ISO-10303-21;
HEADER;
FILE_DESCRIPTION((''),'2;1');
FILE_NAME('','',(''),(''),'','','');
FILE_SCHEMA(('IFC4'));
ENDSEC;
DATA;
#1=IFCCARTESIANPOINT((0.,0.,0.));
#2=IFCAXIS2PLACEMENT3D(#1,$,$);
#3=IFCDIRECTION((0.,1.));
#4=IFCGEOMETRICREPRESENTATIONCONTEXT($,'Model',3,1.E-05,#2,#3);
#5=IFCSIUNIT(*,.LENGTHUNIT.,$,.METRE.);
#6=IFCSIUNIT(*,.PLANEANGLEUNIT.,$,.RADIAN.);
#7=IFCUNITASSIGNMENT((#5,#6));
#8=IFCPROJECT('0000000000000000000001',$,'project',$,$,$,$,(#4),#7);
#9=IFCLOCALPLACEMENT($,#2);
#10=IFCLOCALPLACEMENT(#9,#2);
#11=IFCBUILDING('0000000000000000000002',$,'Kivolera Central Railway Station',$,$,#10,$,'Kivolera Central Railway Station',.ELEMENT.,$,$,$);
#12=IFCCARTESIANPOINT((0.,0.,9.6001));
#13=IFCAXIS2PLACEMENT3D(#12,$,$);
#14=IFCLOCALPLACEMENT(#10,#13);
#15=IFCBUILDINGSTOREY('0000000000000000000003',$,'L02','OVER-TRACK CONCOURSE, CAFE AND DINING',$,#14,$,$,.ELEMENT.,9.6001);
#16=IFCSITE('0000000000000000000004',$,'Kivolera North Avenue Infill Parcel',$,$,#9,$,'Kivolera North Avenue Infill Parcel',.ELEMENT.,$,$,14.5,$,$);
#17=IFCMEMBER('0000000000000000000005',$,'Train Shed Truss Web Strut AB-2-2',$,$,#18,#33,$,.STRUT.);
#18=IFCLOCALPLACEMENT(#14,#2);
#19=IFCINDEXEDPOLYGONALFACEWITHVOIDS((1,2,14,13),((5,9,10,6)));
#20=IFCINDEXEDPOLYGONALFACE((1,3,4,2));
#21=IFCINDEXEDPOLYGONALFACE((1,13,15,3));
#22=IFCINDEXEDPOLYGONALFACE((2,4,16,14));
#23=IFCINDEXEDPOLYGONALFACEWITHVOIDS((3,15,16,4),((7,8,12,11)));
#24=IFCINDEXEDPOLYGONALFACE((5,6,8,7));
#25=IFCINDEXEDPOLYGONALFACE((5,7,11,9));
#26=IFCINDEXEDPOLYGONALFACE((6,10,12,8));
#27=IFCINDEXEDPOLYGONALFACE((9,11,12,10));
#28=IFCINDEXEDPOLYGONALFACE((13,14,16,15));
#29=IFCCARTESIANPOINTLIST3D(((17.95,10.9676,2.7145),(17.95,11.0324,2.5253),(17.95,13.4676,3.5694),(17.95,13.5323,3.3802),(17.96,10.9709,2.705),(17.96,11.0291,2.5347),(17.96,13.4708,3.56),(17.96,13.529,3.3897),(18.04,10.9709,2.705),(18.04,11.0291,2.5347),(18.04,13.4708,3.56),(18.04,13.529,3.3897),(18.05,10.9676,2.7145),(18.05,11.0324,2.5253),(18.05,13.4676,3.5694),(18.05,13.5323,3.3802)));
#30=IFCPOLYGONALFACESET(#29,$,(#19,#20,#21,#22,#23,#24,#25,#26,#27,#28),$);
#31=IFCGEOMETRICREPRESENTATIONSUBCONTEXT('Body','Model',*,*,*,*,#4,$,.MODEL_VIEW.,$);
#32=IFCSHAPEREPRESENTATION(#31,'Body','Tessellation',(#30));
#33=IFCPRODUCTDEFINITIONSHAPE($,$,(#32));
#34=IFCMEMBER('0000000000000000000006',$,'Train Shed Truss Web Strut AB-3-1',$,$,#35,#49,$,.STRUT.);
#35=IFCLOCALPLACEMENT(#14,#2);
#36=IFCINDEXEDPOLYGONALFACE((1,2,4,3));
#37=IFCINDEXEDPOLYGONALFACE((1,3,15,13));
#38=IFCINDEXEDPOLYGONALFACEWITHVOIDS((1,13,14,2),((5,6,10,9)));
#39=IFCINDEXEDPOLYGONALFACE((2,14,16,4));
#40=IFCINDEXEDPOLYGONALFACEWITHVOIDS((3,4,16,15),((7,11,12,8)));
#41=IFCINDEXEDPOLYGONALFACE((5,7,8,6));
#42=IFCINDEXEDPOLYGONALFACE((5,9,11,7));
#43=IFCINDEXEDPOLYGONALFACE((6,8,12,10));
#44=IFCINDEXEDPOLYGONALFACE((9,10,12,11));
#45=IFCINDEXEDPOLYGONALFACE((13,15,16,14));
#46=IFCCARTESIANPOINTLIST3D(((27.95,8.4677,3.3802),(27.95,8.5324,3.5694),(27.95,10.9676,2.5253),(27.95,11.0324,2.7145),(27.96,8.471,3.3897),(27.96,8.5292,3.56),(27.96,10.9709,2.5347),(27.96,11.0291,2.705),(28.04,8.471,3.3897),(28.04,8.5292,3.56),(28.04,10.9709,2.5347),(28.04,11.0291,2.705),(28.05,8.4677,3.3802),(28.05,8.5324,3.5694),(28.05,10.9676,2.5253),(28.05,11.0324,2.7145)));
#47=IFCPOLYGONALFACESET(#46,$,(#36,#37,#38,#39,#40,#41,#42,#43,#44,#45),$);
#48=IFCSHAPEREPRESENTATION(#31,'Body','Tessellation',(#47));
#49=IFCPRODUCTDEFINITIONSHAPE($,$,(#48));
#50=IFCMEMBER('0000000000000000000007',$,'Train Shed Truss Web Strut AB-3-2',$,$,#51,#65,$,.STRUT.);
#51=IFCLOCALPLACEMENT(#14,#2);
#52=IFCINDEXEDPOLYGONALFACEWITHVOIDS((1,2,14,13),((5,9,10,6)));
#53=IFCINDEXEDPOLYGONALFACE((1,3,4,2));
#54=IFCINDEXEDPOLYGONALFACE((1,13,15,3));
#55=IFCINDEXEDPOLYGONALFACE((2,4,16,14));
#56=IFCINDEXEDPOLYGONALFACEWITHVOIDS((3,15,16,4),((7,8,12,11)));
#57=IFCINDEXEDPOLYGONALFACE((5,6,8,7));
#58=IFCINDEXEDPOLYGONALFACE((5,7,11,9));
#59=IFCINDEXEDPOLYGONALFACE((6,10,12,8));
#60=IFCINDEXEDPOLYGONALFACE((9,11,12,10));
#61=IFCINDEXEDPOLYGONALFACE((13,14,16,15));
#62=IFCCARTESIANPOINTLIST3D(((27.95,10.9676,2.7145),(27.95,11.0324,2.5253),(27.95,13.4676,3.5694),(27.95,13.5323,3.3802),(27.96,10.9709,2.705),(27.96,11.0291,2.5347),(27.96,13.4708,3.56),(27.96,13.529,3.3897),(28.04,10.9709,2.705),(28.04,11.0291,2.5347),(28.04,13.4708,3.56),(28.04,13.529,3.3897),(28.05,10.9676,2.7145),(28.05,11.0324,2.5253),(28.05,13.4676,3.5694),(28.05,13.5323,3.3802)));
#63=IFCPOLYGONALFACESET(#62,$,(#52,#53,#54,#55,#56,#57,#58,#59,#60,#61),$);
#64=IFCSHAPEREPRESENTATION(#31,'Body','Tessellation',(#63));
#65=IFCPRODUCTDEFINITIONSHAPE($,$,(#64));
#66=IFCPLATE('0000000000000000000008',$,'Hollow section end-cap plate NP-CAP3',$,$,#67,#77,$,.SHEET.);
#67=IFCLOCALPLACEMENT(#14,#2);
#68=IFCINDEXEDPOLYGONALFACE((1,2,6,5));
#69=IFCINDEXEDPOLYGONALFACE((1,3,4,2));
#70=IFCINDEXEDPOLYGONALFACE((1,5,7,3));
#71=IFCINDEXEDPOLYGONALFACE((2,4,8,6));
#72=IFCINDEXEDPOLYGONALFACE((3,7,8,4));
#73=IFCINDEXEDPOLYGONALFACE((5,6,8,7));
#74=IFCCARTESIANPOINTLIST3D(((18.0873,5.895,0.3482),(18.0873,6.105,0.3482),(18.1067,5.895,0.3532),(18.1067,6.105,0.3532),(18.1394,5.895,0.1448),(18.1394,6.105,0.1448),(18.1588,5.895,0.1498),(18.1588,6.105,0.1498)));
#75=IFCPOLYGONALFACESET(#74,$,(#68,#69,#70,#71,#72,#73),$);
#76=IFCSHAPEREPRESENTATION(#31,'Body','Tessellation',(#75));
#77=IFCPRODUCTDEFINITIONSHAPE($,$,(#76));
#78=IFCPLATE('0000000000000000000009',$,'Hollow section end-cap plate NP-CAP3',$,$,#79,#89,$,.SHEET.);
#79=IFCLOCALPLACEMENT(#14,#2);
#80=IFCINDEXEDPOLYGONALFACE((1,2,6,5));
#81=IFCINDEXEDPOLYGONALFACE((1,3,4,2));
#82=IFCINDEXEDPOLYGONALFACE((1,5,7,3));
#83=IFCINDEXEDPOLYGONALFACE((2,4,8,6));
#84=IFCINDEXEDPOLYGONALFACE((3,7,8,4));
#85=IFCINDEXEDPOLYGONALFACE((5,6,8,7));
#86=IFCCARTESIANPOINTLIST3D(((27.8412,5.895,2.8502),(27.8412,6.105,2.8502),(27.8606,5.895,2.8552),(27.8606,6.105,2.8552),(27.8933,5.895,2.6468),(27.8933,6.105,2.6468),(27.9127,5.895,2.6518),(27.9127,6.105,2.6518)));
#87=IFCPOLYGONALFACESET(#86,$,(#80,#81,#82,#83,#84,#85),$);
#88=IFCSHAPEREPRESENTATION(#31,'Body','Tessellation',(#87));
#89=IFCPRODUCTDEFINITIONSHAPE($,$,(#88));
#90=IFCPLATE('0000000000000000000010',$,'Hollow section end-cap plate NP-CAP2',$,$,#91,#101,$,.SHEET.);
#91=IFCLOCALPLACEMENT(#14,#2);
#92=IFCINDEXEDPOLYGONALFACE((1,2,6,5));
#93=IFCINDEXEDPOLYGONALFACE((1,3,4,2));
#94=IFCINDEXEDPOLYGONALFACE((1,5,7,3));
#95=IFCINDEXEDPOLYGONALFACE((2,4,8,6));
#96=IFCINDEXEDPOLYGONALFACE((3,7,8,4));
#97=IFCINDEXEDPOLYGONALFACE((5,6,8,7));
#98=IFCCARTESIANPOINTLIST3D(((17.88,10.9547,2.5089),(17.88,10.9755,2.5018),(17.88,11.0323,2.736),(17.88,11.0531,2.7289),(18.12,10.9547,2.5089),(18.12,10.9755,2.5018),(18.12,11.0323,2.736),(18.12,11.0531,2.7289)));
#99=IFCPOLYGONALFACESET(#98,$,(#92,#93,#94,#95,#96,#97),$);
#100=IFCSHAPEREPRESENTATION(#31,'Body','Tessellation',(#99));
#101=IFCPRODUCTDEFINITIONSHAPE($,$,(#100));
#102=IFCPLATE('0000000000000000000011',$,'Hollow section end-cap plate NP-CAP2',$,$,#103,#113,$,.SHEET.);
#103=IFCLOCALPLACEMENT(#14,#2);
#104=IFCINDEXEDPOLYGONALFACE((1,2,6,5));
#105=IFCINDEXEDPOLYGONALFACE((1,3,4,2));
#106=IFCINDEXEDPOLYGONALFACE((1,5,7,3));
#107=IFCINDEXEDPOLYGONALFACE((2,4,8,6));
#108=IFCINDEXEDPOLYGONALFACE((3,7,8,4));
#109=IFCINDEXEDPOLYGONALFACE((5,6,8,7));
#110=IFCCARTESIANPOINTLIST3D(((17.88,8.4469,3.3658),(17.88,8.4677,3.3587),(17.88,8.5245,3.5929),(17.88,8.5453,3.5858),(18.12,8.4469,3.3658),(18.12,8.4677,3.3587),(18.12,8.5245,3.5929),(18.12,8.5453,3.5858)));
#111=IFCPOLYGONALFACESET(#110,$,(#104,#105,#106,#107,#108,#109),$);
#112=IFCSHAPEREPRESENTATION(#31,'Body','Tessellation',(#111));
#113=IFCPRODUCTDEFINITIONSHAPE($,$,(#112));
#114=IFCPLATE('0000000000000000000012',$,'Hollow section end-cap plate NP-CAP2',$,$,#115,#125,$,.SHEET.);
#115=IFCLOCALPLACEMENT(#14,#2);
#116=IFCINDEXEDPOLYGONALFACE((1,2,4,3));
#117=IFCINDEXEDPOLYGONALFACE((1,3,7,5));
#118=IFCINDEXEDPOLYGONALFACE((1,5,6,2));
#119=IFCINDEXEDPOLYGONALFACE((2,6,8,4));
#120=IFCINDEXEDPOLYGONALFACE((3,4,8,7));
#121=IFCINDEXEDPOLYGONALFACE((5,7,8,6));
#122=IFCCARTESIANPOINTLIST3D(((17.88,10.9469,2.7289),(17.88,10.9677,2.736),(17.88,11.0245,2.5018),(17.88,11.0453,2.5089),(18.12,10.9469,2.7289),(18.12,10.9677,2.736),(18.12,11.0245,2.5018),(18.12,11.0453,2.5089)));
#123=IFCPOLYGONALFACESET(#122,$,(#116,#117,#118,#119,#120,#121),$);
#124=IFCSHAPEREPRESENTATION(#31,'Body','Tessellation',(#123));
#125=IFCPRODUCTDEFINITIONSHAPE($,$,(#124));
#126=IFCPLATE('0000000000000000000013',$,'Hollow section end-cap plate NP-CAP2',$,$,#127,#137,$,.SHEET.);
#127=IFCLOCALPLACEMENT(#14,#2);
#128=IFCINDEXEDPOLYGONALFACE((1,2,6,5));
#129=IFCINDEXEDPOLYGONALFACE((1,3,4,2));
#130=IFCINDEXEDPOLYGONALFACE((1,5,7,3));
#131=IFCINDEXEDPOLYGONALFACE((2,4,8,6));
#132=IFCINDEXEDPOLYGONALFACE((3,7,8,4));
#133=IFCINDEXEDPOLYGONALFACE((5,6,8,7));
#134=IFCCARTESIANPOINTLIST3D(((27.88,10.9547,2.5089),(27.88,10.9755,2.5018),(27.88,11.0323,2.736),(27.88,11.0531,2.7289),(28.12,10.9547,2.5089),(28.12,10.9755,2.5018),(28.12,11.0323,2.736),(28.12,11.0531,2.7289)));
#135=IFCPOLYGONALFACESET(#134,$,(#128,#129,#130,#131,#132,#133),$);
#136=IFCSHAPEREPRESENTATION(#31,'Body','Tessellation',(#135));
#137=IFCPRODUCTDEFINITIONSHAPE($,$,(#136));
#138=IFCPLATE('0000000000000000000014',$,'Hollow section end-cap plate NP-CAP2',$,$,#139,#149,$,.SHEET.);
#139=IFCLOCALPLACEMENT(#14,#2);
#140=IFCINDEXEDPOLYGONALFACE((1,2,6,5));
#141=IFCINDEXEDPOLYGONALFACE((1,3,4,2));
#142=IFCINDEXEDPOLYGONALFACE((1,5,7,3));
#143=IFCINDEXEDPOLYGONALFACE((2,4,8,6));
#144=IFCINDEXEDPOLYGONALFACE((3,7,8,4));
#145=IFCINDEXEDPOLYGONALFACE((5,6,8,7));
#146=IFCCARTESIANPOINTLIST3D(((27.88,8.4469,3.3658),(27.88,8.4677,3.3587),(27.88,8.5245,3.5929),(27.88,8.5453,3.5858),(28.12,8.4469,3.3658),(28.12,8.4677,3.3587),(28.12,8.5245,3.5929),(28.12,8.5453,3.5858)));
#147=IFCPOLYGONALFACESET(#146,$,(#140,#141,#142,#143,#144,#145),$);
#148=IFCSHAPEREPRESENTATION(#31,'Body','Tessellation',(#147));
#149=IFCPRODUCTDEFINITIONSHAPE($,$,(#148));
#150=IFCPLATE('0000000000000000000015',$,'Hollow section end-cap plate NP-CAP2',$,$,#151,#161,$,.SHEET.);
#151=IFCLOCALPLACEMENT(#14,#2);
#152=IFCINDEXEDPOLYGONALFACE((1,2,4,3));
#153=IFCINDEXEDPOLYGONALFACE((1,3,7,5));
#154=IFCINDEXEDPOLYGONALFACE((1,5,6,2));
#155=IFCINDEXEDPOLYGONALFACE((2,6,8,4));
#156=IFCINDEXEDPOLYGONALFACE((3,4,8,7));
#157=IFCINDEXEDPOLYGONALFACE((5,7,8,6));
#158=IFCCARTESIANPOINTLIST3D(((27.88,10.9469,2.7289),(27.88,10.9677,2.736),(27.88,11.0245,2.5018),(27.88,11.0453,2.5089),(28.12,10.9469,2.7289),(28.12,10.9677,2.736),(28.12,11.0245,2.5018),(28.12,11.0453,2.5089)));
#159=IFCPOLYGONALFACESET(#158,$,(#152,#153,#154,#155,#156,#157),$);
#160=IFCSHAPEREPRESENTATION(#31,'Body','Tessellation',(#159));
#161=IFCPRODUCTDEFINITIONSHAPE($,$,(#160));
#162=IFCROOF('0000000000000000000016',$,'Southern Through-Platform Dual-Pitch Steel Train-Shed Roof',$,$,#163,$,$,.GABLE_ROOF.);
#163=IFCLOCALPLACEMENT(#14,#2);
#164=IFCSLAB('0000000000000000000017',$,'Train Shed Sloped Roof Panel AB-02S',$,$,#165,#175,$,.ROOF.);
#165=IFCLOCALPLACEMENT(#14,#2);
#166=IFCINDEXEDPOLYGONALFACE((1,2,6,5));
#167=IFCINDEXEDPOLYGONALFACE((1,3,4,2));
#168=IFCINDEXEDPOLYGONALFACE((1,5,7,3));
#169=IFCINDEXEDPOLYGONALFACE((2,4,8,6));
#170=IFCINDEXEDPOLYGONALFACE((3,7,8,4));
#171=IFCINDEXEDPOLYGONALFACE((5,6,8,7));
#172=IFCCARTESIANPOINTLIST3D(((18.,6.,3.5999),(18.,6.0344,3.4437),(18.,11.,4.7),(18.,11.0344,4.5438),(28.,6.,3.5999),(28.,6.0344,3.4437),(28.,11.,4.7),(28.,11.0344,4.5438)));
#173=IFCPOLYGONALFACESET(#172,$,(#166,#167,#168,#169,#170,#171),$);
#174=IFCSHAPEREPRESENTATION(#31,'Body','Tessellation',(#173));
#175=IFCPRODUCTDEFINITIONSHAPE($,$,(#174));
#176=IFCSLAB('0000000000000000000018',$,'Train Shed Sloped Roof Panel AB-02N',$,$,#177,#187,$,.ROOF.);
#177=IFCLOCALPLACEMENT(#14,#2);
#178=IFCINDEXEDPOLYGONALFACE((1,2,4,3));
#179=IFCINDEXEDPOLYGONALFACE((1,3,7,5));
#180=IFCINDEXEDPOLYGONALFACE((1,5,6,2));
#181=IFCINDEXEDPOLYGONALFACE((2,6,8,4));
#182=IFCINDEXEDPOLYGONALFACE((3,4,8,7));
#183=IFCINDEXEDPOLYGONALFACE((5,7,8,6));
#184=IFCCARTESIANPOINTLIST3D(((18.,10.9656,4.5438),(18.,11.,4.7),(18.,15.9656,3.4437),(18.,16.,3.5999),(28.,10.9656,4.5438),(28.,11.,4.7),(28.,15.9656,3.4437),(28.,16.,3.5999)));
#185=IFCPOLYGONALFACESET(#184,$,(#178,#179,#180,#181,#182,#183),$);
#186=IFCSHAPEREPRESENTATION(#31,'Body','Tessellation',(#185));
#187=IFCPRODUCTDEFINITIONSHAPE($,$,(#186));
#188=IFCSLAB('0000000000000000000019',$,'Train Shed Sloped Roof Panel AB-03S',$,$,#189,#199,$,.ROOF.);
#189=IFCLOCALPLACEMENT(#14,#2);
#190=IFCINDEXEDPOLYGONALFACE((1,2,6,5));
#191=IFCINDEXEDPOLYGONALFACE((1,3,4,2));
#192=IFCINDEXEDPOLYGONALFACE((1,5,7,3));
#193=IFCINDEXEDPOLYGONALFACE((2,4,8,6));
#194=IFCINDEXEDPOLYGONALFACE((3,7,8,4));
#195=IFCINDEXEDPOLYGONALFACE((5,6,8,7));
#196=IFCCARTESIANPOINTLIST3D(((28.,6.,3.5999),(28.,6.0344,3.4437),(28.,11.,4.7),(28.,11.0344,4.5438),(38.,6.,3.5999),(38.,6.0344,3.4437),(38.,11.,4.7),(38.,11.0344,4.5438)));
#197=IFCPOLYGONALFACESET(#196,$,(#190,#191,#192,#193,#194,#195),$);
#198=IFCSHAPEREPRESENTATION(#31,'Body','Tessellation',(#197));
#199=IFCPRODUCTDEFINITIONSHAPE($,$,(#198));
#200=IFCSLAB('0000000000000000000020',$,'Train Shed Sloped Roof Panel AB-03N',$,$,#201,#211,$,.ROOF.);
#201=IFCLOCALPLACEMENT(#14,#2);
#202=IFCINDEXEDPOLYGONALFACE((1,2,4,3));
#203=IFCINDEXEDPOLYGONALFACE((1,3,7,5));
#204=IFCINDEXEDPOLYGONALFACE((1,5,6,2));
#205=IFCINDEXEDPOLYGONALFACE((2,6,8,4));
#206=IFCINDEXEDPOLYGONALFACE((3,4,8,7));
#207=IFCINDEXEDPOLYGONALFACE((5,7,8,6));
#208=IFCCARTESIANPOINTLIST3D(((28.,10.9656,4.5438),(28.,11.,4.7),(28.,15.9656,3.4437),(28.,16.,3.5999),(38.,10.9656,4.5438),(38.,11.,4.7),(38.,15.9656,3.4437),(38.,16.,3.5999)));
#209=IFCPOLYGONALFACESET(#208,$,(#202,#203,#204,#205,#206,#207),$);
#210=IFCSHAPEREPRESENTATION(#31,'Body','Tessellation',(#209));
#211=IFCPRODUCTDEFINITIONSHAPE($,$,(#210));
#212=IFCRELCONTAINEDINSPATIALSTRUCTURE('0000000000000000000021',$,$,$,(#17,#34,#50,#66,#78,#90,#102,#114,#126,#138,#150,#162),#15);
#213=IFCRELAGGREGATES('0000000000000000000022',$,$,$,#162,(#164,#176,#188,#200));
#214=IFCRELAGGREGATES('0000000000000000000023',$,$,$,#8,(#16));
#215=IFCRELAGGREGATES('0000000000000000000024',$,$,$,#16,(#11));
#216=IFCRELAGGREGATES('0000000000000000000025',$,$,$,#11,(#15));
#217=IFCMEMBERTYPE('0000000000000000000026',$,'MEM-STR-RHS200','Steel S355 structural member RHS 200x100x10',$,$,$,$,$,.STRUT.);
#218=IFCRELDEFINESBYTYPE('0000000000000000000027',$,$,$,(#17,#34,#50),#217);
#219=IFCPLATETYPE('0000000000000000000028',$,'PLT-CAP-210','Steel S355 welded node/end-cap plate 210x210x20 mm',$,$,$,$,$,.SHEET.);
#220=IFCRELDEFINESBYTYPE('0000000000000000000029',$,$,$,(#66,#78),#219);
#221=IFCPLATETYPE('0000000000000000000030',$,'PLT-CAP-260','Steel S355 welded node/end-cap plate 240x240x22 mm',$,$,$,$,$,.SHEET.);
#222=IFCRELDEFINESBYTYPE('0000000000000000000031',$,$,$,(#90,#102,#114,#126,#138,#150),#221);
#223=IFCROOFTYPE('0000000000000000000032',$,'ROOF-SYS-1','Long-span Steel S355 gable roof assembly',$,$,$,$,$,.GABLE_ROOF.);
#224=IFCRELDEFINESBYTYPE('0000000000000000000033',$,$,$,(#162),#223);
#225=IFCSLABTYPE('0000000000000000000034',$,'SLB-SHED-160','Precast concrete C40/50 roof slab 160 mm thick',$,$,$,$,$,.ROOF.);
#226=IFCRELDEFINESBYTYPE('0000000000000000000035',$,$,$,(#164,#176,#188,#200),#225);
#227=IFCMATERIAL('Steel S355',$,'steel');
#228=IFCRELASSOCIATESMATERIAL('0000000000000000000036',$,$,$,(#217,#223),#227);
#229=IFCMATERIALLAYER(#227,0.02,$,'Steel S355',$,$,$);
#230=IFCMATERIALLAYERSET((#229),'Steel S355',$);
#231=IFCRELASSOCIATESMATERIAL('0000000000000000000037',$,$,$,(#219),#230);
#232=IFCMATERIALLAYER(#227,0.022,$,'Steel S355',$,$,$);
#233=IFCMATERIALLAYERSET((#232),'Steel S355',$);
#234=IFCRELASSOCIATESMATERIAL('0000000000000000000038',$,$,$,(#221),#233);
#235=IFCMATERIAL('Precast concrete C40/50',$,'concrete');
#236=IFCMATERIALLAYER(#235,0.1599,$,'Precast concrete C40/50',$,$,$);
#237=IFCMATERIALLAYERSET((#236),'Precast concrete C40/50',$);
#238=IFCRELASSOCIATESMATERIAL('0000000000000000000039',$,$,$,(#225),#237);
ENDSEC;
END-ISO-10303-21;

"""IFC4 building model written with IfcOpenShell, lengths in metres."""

from ifc_helpers import new_model, si_unit, direction, frame, origin, origin_2d, place, context, subcontext, project, spatial, polyline, rectangle, hollow_rectangle, outline, extrude, material, layer, layer_set, material_profile, profile_set, type_object, element, aggregate, save


model = new_model("IFC4")

# Units and contexts
model_context = context("Model", 3, precision=1e-05, world=origin(), true_north=direction((0.0, 1.0)))
body_context = subcontext(model_context, "Body", "Model", "MODEL_VIEW")
ifc_project = project(units=[si_unit("LENGTHUNIT", "METRE"), si_unit("PLANEANGLEUNIT", "RADIAN")], contexts=[model_context])

# Site, building, storey
site_placement = place(None, origin())
site = spatial("IfcSite", under=ifc_project, at=site_placement, Name="Kivolera North Avenue Infill Parcel", LongName="Kivolera North Avenue Infill Parcel", CompositionType="ELEMENT", RefElevation=14.5)
building_placement = place(site_placement, origin())
building = spatial("IfcBuilding", under=site, at=building_placement, Name="Kivolera Central Railway Station", LongName="Kivolera Central Railway Station", CompositionType="ELEMENT")
storey_placement = place(building_placement, frame((0.0, 0.0, 9.6001)))
storey = spatial("IfcBuildingStorey", under=building, at=storey_placement, Name="L02", Description="OVER-TRACK CONCOURSE, CAFE AND DINING", CompositionType="ELEMENT", Elevation=9.6001)

# Shared definitions
ifc_material_1 = material(Name="Steel S355", Category="steel")

# Members
ifc_material_profile_1 = material_profile(ifc_material_1, hollow_rectangle(XDim=0.1001, YDim=0.2, WallThickness=0.01, at=origin_2d()), Name="RHS 200x100x10")
ifc_profile_set_1 = profile_set([ifc_material_profile_1], Name="Steel S355")
member_type_1 = type_object("IfcMemberType", Name="MEM-STR-RHS200", Description="Steel S355 structural member RHS 200x100x10", PredefinedType="STRUT", material=ifc_profile_set_1)
for number, where, z_axis, x_axis, name in (
    (1, (18.0, 11.0, 2.6199), (0.0, 0.946197, 0.323592), (-1.0, 0.0, 0.0), "Train Shed Truss Web Strut AB-2-2"),
    (2, (28.0, 11.0, 2.6199), (0.0, -0.946197, 0.323592), (1.0, 0.0, 0.0), "Train Shed Truss Web Strut AB-3-1"),
    (3, (28.0, 11.0, 2.6199), (0.0, 0.946197, 0.323592), (-1.0, 0.0, 0.0), "Train Shed Truss Web Strut AB-3-2"),
):
    element("IfcMember", number, at=place(storey_placement, frame(where, z_axis=z_axis, x_axis=x_axis)), inside=storey, type_object=member_type_1, Name=name, PredefinedType="STRUT", context=body_context, shape_type="SweptSolid", body=[
        extrude(hollow_rectangle(XDim=0.1001, YDim=0.2, WallThickness=0.01, at=origin_2d()), origin(), (0.0, 0.0, 1.0), 2.6421),
    ])

# Plates
ifc_layer_1 = layer(ifc_material_1, 0.02, Name="Steel S355")
ifc_layer_set_1 = layer_set([ifc_layer_1], Name="Steel S355")
plate_type_1 = type_object("IfcPlateType", Name="PLT-CAP-210", Description="Steel S355 welded node/end-cap plate 210x210x20 mm", PredefinedType="SHEET", material=ifc_layer_set_1)
for number, where, z_axis, x_axis, name in (
    (4, (18.123, 6.0, 0.249), (0.968639, 0.0, 0.248471), (0.0, 1.0, 0.0), "Hollow section end-cap plate NP-CAP3"),
    (5, (27.877, 6.0, 2.751), (0.968639, 0.0, 0.248471), (0.0, 1.0, 0.0), "Hollow section end-cap plate NP-CAP3"),
):
    element("IfcPlate", number, at=place(storey_placement, frame(where, z_axis=z_axis, x_axis=x_axis)), inside=storey, type_object=plate_type_1, Name=name, PredefinedType="SHEET", context=body_context, shape_type="SweptSolid", body=[
        extrude(rectangle(XDim=0.21, YDim=0.21, at=origin_2d()), frame((0.0, 0.0, -0.01)), (0.0, 0.0, 1.0), 0.02),
    ])
ifc_layer_2 = layer(ifc_material_1, 0.022, Name="Steel S355")
ifc_layer_set_2 = layer_set([ifc_layer_2], Name="Steel S355")
plate_type_2 = type_object("IfcPlateType", Name="PLT-CAP-260", Description="Steel S355 welded node/end-cap plate 240x240x22 mm", PredefinedType="SHEET", material=ifc_layer_set_2)
for number, where, z_axis, x_axis, name in (
    (6, (18.0, 11.0039, 2.6189), (0.0, -0.946194, 0.323599), (1.0, 0.0, 0.0), "Hollow section end-cap plate NP-CAP2"),
    (7, (18.0, 8.4961, 3.4758), (0.0, -0.946194, 0.323599), (1.0, 0.0, 0.0), "Hollow section end-cap plate NP-CAP2"),
    (8, (18.0, 10.9961, 2.6189), (0.0, 0.946194, 0.323599), (-1.0, 0.0, 0.0), "Hollow section end-cap plate NP-CAP2"),
    (9, (28.0, 11.0039, 2.6189), (0.0, -0.946194, 0.323599), (1.0, 0.0, 0.0), "Hollow section end-cap plate NP-CAP2"),
    (10, (28.0, 8.4961, 3.4758), (0.0, -0.946194, 0.323599), (1.0, 0.0, 0.0), "Hollow section end-cap plate NP-CAP2"),
    (11, (28.0, 10.9961, 2.6189), (0.0, 0.946194, 0.323599), (-1.0, 0.0, 0.0), "Hollow section end-cap plate NP-CAP2"),
):
    element("IfcPlate", number, at=place(storey_placement, frame(where, z_axis=z_axis, x_axis=x_axis)), inside=storey, type_object=plate_type_2, Name=name, PredefinedType="SHEET", context=body_context, shape_type="SweptSolid", body=[
        extrude(rectangle(XDim=0.24, YDim=0.24, at=origin_2d()), frame((0.0, 0.0, -0.011)), (0.0, 0.0, 1.0), 0.022),
    ])

# Roof, slabs
roof_type = type_object("IfcRoofType", Name="ROOF-SYS-1", Description="Long-span Steel S355 gable roof assembly", PredefinedType="GABLE_ROOF", material=ifc_material_1)
roof_placement = place(storey_placement, origin())
roof = element("IfcRoof", 12, at=roof_placement, inside=storey, type_object=roof_type, Name="Southern Through-Platform Dual-Pitch Steel Train-Shed Roof", PredefinedType="GABLE_ROOF")
ifc_material_2 = material(Name="Precast concrete C40/50", Category="concrete")
ifc_layer_3 = layer(ifc_material_2, 0.1599, Name="Precast concrete C40/50")
ifc_layer_set_3 = layer_set([ifc_layer_3], Name="Precast concrete C40/50")
slab_type = type_object("IfcSlabType", Name="SLB-SHED-160", Description="Precast concrete C40/50 roof slab 160 mm thick", PredefinedType="ROOF", material=ifc_layer_set_3)
slab_1_placement = place(storey_placement, frame((18.0, 6.0, 3.5999), z_axis=(0.0, -0.21488, 0.97664), x_axis=(1.0, 0.0, 0.0)))
slab_1 = element("IfcSlab", 13, at=slab_1_placement, type_object=slab_type, Name="Train Shed Sloped Roof Panel AB-02S", PredefinedType="ROOF", context=body_context, shape_type="SweptSolid", body=[
    extrude(outline(polyline([(0.0, 0.0), (10.0, 0.0), (10.0, 5.1196), (0.0, 5.1196), (0.0, 0.0)])), origin(), (0.0, 0.0, -1.0), 0.1599),
])
slab_2_placement = place(storey_placement, frame((18.0, 11.0, 4.7), z_axis=(0.0, 0.21488, 0.97664), x_axis=(1.0, 0.0, 0.0)))
slab_2 = element("IfcSlab", 14, at=slab_2_placement, type_object=slab_type, Name="Train Shed Sloped Roof Panel AB-02N", PredefinedType="ROOF", context=body_context, shape_type="SweptSolid", body=[
    extrude(outline(polyline([(0.0, 0.0), (10.0, 0.0), (10.0, 5.1196), (0.0, 5.1196), (0.0, 0.0)])), origin(), (0.0, 0.0, -1.0), 0.1599),
])
slab_3_placement = place(storey_placement, frame((28.0, 6.0, 3.5999), z_axis=(0.0, -0.21488, 0.97664), x_axis=(1.0, 0.0, 0.0)))
slab_3 = element("IfcSlab", 15, at=slab_3_placement, type_object=slab_type, Name="Train Shed Sloped Roof Panel AB-03S", PredefinedType="ROOF", context=body_context, shape_type="SweptSolid", body=[
    extrude(outline(polyline([(0.0, 0.0), (10.0, 0.0), (10.0, 5.1196), (0.0, 5.1196), (0.0, 0.0)])), origin(), (0.0, 0.0, -1.0), 0.1599),
])
slab_4_placement = place(storey_placement, frame((28.0, 11.0, 4.7), z_axis=(0.0, 0.21488, 0.97664), x_axis=(1.0, 0.0, 0.0)))
slab_4 = element("IfcSlab", 16, at=slab_4_placement, type_object=slab_type, Name="Train Shed Sloped Roof Panel AB-03N", PredefinedType="ROOF", context=body_context, shape_type="SweptSolid", body=[
    extrude(outline(polyline([(0.0, 0.0), (10.0, 0.0), (10.0, 5.1196), (0.0, 5.1196), (0.0, 0.0)])), origin(), (0.0, 0.0, -1.0), 0.1599),
])
aggregate(roof, [slab_1, slab_2, slab_3, slab_4])

save(model, "model.ifc")
